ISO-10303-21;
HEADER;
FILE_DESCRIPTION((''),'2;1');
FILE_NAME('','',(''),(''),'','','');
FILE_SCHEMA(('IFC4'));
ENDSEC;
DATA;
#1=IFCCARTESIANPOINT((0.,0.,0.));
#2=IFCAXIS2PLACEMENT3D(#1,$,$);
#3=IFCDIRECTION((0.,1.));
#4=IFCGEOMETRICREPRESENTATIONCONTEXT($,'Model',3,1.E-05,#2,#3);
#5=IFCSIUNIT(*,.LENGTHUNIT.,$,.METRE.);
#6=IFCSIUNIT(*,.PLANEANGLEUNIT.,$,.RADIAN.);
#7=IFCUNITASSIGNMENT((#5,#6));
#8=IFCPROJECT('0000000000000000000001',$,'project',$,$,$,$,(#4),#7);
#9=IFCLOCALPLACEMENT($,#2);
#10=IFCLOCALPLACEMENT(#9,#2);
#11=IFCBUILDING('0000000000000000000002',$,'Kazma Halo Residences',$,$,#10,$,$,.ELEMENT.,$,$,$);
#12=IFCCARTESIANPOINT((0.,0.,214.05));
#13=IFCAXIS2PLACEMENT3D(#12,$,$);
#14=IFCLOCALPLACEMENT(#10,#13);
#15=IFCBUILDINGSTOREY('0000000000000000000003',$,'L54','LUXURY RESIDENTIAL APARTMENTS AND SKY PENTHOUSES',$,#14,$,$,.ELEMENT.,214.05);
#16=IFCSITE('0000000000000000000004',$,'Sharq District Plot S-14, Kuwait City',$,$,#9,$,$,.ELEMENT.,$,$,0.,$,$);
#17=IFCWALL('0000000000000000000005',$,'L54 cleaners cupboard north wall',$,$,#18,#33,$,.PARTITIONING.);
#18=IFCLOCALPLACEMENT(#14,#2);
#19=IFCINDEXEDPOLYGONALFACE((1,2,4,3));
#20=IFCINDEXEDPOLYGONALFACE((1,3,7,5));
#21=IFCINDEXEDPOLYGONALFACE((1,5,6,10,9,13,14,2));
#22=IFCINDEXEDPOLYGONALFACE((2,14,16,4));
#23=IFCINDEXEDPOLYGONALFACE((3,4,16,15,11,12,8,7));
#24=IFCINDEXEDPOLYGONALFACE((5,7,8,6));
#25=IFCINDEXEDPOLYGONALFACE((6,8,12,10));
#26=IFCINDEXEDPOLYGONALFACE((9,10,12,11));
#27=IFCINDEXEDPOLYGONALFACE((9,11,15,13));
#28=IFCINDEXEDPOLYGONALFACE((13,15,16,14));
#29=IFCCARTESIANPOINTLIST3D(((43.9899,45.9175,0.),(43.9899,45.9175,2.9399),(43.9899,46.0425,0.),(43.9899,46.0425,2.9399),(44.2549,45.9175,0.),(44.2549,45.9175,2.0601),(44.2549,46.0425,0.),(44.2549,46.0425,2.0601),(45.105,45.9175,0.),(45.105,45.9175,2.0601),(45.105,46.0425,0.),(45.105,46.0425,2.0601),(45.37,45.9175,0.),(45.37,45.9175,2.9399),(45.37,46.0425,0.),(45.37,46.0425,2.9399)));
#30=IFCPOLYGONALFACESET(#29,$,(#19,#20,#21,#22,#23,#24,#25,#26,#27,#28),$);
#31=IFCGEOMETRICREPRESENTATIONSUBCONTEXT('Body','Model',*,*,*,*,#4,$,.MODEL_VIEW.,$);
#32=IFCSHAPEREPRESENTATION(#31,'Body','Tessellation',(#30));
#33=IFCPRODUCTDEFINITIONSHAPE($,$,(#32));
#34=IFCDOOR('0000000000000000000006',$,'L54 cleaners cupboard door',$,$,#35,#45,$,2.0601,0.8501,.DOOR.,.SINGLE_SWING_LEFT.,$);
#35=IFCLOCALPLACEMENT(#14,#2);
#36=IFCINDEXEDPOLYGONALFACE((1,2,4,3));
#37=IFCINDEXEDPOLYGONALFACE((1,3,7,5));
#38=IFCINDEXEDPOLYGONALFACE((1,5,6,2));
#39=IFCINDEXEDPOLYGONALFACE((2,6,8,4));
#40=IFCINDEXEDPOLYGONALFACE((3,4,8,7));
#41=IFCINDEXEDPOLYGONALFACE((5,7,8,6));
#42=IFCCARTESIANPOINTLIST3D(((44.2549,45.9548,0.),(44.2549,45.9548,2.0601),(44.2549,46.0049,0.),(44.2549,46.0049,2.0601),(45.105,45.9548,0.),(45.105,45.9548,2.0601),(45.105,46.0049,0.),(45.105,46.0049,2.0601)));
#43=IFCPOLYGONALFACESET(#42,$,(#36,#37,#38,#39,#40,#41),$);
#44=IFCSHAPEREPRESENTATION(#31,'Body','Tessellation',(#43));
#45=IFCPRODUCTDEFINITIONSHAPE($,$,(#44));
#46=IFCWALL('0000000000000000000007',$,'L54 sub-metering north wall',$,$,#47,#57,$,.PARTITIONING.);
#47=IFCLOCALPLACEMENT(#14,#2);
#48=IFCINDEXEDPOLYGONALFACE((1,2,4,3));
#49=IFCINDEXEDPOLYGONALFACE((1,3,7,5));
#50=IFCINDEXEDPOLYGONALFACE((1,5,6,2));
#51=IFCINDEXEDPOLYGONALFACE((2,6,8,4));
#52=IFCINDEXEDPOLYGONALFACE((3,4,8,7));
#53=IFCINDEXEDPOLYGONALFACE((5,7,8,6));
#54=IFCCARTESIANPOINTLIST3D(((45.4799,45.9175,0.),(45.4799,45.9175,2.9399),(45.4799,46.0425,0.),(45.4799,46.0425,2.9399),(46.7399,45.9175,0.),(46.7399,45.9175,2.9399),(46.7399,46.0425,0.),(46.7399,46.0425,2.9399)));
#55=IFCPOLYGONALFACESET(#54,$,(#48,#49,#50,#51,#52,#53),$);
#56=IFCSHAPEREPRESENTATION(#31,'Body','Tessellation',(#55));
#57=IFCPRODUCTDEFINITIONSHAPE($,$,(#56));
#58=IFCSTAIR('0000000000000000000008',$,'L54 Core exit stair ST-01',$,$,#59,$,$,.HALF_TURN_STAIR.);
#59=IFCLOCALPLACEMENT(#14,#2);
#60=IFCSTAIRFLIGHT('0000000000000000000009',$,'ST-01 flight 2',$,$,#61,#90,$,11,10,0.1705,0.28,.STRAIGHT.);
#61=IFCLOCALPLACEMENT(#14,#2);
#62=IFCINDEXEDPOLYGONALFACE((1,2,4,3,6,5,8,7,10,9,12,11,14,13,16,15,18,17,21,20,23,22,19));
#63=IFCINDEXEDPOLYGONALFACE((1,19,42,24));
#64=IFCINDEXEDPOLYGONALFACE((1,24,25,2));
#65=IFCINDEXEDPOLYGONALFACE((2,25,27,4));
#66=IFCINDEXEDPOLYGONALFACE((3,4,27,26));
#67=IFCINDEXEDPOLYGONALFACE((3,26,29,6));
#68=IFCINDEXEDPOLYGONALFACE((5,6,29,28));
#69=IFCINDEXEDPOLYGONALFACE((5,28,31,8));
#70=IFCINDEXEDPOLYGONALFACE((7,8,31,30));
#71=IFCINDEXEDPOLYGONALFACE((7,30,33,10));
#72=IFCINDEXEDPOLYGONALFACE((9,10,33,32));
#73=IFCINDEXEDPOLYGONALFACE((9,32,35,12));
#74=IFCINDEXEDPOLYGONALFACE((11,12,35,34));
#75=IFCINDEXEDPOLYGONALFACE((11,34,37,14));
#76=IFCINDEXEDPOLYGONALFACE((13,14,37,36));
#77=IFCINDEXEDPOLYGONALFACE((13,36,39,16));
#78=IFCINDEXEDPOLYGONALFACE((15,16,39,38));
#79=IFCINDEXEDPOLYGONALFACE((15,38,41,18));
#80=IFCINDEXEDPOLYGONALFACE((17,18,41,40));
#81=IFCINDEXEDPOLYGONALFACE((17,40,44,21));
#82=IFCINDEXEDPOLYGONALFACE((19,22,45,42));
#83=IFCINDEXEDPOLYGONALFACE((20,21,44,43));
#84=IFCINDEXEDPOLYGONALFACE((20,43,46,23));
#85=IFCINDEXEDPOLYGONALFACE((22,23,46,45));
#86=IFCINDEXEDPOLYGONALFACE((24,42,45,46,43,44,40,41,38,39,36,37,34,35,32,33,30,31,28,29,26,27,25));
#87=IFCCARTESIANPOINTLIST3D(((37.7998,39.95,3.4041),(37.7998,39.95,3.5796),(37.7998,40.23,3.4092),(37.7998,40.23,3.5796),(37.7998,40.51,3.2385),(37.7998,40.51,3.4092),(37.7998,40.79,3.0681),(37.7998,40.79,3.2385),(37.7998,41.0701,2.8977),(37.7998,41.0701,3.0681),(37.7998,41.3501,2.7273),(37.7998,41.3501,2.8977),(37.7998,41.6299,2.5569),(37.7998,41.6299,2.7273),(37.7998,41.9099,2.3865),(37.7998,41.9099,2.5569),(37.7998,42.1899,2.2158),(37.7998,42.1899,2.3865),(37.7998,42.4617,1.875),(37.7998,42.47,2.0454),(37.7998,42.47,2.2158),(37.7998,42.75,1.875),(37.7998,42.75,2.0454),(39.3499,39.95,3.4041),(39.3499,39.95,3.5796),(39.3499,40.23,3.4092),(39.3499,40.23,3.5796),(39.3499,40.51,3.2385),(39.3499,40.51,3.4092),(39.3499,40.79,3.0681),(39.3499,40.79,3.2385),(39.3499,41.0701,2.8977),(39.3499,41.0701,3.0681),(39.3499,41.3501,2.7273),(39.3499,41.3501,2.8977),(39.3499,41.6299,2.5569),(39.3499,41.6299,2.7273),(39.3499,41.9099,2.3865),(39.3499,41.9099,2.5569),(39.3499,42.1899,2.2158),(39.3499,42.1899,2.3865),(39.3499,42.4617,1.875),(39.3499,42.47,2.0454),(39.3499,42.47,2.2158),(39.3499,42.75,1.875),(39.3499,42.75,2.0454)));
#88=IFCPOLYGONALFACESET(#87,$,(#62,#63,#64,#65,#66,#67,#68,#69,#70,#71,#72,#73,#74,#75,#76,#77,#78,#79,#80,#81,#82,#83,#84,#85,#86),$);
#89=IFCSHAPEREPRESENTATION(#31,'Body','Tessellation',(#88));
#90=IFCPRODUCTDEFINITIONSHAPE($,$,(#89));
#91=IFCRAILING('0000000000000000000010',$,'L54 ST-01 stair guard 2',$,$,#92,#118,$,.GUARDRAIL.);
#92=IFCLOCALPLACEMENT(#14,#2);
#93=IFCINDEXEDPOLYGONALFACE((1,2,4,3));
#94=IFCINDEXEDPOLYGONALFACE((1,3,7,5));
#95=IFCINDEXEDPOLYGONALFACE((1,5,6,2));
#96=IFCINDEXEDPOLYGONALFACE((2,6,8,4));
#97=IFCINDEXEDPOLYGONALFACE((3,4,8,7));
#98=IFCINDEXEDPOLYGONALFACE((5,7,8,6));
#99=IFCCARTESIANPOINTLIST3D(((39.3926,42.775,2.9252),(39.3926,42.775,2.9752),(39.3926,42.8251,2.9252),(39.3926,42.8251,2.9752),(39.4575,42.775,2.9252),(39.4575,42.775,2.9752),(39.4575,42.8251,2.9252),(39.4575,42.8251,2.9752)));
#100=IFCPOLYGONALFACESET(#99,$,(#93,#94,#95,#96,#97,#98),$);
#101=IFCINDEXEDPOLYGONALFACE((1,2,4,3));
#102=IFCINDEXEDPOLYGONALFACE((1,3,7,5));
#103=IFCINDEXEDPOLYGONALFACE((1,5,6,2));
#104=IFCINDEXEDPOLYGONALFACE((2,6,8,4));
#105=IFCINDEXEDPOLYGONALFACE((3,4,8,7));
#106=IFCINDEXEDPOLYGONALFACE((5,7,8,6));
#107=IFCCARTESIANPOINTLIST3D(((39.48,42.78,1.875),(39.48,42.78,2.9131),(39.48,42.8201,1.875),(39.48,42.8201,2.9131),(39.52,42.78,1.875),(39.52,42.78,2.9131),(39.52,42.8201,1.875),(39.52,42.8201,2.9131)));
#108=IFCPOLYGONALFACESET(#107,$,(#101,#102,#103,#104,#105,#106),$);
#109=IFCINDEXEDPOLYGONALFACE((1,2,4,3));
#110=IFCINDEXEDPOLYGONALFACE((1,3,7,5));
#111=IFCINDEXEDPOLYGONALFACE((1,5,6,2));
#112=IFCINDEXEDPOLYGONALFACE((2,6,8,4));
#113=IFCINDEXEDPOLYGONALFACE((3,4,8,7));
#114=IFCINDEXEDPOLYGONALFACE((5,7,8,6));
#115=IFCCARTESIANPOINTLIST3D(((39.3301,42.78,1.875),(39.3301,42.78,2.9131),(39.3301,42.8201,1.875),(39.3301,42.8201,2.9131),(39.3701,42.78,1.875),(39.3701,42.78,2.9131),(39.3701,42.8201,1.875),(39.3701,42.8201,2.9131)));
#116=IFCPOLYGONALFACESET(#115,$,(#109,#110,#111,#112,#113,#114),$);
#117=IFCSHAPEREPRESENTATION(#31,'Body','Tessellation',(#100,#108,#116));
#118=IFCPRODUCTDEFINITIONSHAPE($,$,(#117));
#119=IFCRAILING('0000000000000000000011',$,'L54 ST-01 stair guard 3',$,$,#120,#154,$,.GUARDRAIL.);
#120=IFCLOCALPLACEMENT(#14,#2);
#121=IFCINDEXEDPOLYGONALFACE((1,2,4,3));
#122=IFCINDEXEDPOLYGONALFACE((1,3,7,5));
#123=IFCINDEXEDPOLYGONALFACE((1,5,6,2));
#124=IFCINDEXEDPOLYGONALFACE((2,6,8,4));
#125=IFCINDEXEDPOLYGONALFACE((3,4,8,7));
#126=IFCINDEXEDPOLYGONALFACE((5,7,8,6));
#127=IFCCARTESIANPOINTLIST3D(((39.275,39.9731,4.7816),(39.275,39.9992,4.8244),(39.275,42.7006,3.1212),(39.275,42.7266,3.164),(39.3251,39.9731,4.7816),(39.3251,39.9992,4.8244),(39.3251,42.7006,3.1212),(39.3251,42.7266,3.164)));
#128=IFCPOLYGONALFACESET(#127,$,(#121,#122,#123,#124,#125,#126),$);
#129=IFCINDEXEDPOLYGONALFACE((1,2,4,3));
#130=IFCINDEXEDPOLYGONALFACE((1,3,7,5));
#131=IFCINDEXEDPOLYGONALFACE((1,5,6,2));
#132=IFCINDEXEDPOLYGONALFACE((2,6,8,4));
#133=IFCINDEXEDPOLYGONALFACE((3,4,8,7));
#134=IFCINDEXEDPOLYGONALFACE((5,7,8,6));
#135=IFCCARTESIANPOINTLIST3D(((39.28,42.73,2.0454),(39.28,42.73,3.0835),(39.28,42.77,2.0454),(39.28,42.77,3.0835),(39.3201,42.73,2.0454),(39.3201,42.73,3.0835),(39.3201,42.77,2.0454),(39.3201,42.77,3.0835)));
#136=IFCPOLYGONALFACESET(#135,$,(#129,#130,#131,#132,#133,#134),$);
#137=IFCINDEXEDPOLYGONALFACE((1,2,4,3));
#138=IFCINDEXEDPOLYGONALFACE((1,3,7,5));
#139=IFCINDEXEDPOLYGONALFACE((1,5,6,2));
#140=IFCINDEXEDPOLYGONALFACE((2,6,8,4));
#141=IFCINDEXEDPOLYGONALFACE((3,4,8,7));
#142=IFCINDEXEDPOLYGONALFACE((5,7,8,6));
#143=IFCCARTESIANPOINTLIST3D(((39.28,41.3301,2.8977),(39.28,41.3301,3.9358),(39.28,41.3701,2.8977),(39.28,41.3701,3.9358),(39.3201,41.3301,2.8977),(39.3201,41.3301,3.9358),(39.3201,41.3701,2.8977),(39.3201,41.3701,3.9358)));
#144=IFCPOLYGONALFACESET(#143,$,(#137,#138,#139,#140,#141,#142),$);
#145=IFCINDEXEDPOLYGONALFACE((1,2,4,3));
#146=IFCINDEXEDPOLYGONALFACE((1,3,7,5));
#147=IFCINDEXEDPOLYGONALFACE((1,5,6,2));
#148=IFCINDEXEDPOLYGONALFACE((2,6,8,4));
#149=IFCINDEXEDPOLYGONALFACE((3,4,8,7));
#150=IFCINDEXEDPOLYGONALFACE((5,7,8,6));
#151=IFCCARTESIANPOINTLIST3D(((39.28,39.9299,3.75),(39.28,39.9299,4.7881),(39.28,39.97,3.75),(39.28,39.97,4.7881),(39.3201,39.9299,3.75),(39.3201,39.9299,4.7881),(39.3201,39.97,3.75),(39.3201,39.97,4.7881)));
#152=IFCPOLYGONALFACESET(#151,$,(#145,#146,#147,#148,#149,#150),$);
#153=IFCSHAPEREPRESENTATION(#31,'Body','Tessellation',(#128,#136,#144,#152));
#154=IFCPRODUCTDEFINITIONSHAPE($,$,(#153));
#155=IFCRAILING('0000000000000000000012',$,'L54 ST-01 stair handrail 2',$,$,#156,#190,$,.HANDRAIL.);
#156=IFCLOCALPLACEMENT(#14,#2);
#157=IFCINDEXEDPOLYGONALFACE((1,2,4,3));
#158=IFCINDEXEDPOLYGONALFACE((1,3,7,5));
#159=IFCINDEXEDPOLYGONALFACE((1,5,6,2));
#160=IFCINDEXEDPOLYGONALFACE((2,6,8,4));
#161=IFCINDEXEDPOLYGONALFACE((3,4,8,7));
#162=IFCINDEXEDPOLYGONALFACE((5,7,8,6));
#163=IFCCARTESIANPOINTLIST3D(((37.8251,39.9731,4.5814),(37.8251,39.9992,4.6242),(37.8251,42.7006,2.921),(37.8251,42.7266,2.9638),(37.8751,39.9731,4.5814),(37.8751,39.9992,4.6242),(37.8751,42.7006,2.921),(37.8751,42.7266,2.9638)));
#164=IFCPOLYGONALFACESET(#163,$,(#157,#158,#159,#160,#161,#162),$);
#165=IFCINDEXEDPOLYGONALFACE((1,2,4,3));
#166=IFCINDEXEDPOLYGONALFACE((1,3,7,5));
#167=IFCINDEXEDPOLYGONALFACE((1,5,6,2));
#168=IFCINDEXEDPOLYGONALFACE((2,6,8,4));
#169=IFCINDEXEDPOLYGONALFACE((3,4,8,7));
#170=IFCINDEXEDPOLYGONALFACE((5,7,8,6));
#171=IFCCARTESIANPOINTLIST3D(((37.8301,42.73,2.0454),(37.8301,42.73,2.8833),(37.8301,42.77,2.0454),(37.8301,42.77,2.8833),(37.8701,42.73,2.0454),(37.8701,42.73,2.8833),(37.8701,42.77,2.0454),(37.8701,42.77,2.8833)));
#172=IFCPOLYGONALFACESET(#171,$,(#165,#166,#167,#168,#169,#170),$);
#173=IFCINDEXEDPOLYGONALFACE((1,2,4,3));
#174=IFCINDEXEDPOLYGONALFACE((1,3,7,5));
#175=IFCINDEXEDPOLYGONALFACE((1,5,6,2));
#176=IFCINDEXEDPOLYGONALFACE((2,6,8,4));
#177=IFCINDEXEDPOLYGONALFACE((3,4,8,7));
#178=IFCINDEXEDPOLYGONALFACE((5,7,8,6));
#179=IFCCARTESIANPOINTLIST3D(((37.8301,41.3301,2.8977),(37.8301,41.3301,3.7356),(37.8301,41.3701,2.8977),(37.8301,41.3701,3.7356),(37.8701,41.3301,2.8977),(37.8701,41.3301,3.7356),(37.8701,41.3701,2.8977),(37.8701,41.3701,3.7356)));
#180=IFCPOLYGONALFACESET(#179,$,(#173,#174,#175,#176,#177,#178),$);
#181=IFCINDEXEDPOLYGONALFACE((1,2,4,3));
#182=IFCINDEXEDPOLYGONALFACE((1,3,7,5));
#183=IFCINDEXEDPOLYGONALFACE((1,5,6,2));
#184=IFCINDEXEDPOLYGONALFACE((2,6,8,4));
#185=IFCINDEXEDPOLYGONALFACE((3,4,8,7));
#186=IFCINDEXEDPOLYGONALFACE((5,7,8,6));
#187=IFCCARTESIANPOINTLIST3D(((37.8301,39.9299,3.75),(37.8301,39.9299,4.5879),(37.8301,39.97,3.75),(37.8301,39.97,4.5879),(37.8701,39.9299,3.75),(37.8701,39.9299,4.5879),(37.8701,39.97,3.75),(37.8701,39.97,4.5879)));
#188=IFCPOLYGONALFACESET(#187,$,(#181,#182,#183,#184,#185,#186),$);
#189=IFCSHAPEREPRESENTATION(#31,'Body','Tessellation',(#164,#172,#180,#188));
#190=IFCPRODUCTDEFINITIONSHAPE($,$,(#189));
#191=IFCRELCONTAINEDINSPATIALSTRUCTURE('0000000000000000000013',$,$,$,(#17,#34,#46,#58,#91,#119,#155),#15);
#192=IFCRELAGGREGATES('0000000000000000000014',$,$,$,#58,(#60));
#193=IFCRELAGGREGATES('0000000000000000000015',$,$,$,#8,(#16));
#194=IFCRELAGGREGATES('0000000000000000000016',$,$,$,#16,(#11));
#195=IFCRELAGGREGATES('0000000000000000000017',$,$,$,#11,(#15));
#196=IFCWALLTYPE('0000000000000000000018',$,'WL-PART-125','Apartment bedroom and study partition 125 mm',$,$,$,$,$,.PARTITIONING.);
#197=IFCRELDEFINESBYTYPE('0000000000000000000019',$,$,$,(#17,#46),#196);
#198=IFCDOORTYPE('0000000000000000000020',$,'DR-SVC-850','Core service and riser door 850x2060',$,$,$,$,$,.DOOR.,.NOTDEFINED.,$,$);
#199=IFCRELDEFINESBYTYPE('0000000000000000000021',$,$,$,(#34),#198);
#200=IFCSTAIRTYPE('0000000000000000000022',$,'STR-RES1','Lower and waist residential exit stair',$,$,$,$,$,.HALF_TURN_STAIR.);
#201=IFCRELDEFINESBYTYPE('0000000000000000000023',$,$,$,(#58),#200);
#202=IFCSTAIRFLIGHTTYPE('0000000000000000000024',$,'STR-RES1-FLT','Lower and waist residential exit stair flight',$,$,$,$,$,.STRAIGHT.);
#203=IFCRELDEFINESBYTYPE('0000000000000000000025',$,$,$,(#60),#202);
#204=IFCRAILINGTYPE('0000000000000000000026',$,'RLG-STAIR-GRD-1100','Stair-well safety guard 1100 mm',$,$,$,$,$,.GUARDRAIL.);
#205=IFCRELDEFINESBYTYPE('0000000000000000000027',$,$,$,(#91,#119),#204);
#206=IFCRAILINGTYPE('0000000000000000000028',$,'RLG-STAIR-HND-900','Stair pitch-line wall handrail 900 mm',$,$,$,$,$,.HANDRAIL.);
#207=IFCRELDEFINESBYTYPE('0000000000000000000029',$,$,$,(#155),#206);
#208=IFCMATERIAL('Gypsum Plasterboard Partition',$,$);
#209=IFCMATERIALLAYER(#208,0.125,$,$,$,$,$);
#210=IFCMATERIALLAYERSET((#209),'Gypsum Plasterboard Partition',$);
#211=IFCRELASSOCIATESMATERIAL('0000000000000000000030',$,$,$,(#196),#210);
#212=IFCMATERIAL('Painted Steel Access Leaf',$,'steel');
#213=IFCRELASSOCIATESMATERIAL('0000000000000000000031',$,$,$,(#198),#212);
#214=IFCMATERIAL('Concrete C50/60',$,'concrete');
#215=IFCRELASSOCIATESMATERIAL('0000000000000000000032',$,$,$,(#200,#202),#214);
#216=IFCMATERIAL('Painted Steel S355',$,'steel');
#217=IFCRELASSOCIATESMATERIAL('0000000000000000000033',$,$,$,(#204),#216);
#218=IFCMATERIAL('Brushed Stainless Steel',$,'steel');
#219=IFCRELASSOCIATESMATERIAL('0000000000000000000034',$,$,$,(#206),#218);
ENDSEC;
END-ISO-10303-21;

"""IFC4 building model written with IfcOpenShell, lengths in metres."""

from ifc_helpers import new_model, si_unit, direction, frame, frame_2d, origin, origin_2d, place, context, subcontext, project, spatial, polyline, rectangle, outline, extrude, material, layer, layer_set, type_object, element, fill, aggregate, save


model = new_model("IFC4")

# Units and contexts
model_context = context("Model", 3, precision=1e-05, world=origin(), true_north=direction((0.0, 1.0)))
body_context = subcontext(model_context, "Body", "Model", "MODEL_VIEW")
ifc_project = project(units=[si_unit("LENGTHUNIT", "METRE"), si_unit("PLANEANGLEUNIT", "RADIAN")], contexts=[model_context])

# Site, building, storey
site_placement = place(None, origin())
site = spatial("IfcSite", under=ifc_project, at=site_placement, Name="Sharq District Plot S-14, Kuwait City", CompositionType="ELEMENT", RefElevation=0.0)
building_placement = place(site_placement, origin())
building = spatial("IfcBuilding", under=site, at=building_placement, Name="Kazma Halo Residences", CompositionType="ELEMENT")
storey_placement = place(building_placement, frame((0.0, 0.0, 214.05)))
storey = spatial("IfcBuildingStorey", under=building, at=storey_placement, Name="L54", Description="LUXURY RESIDENTIAL APARTMENTS AND SKY PENTHOUSES", CompositionType="ELEMENT", Elevation=214.05)

# Shared definitions
ifc_material_1 = material(Name="Gypsum Plasterboard Partition")
ifc_layer_1 = layer(ifc_material_1, 0.125)
ifc_layer_set_1 = layer_set([ifc_layer_1], Name="Gypsum Plasterboard Partition")
wall_type_1 = type_object("IfcWallType", Name="WL-PART-125", Description="Apartment bedroom and study partition 125 mm", PredefinedType="PARTITIONING", material=ifc_layer_set_1)

# Wall, opening, door
wall_1_placement = place(storey_placement, frame((43.99, 45.98, 0.0), z_axis=(0.0, 0.0, 1.0), x_axis=(1.0, 0.0, 0.0)))
wall_1 = element("IfcWall", 1, at=wall_1_placement, inside=storey, type_object=wall_type_1, Name="L54 cleaners cupboard north wall", PredefinedType="PARTITIONING", context=body_context, shape_type="SweptSolid", body=[
    extrude(rectangle(XDim=1.3801, YDim=0.125, at=frame_2d((0.6899, 0.0))), origin(), (0.0, 0.0, 1.0), 2.9399),
])
opening_1_placement = place(wall_1_placement, frame((0.2649, 0.0, 0.0)))
opening_1 = element("IfcOpeningElement", 2, at=opening_1_placement, cuts=wall_1, PredefinedType="OPENING", context=body_context, shape_type="SweptSolid", body=[
    extrude(rectangle(XDim=0.8501, YDim=2.0601, at=frame_2d((0.425, 1.03))), frame((0.0, 0.0725, 0.0), z_axis=(0.0, -1.0, 0.0), x_axis=(1.0, 0.0, 0.0)), (0.0, 0.0, 1.0), 0.145),
])
ifc_material_2 = material(Name="Painted Steel Access Leaf", Category="steel")
door_type_1 = type_object("IfcDoorType", Name="DR-SVC-850", Description="Core service and riser door 850x2060", OperationType="NOTDEFINED", PredefinedType="DOOR", material=ifc_material_2)
door_1_placement = place(opening_1_placement, origin())
door_1 = element("IfcDoor", 3, at=door_1_placement, inside=storey, type_object=door_type_1, Name="L54 cleaners cupboard door", OperationType="SINGLE_SWING_LEFT", OverallHeight=2.0601, OverallWidth=0.8501, PredefinedType="DOOR", context=body_context, shape_type="SweptSolid", body=[
    extrude(rectangle(XDim=0.8501, YDim=2.0601, at=frame_2d((0.425, 1.03))), frame((0.0, 0.0249, 0.0), z_axis=(0.0, -1.0, 0.0), x_axis=(1.0, 0.0, 0.0)), (0.0, 0.0, 1.0), 0.05),
])
fill(opening_1, door_1)

# Wall
wall_2_placement = place(storey_placement, frame((45.48, 45.98, 0.0), z_axis=(0.0, 0.0, 1.0), x_axis=(1.0, 0.0, 0.0)))
element("IfcWall", 4, at=wall_2_placement, inside=storey, type_object=wall_type_1, Name="L54 sub-metering north wall", PredefinedType="PARTITIONING", context=body_context, shape_type="SweptSolid", body=[
    extrude(rectangle(XDim=1.26, YDim=0.125, at=frame_2d((0.6299, 0.0))), origin(), (0.0, 0.0, 1.0), 2.9399),
])

# Stair, stair flight
ifc_material_3 = material(Name="Concrete C50/60", Category="concrete")
stair_type = type_object("IfcStairType", Name="STR-RES1", Description="Lower and waist residential exit stair", PredefinedType="HALF_TURN_STAIR", material=ifc_material_3)
stair_placement = place(storey_placement, origin())
stair = element("IfcStair", 5, at=stair_placement, inside=storey, type_object=stair_type, Name="L54 Core exit stair ST-01", PredefinedType="HALF_TURN_STAIR")
stair_flight_type = type_object("IfcStairFlightType", Name="STR-RES1-FLT", Description="Lower and waist residential exit stair flight", PredefinedType="STRAIGHT", material=ifc_material_3)
stair_flight_placement = place(storey_placement, frame((38.575, 42.75, 1.875), z_axis=(0.0, 0.0, 1.0), x_axis=(0.0, -1.0, 0.0)))
stair_flight = element("IfcStairFlight", 6, at=stair_flight_placement, type_object=stair_flight_type, Name="ST-01 flight 2", NumberOfRisers=11, NumberOfTreads=10, PredefinedType="STRAIGHT", RiserHeight=0.1705, TreadLength=0.28, context=body_context, shape_type="SweptSolid", body=[
    extrude(outline(polyline([(0.0, 0.0), (0.0, 0.1704), (0.28, 0.1704), (0.28, 0.3408), (0.5601, 0.3408), (0.5601, 0.5115), (0.8401, 0.5115), (0.8401, 0.6819), (1.1201, 0.6819), (1.1201, 0.8523), (1.3999, 0.8523), (1.3999, 1.0227), (1.6799, 1.0227), (1.6799, 1.1931), (1.96, 1.1931), (1.96, 1.3635), (2.24, 1.3635), (2.24, 1.5342), (2.52, 1.5342), (2.52, 1.7046), (2.8, 1.7046), (2.8, 1.875), (2.8, 1.5291), (0.2883, 0.0), (0.0, 0.0)])), frame((0.0, 0.7749, 0.0), z_axis=(0.0, -1.0, 0.0), x_axis=(1.0, 0.0, 0.0)), (0.0, 0.0, 1.0), 1.55),
])
aggregate(stair, [stair_flight])

# Railings
ifc_material_4 = material(Name="Painted Steel S355", Category="steel")
railing_type_1 = type_object("IfcRailingType", Name="RLG-STAIR-GRD-1100", Description="Stair-well safety guard 1100 mm", PredefinedType="GUARDRAIL", material=ifc_material_4)
railing_1_placement = place(storey_placement, frame((39.5, 42.8, 1.875)))
element("IfcRailing", 7, at=railing_1_placement, inside=storey, type_object=railing_type_1, Name="L54 ST-01 stair guard 2", PredefinedType="GUARDRAIL", context=body_context, shape_type="SweptSolid", body=[
    extrude(rectangle(XDim=0.05, YDim=0.05, at=origin_2d()), frame((-0.0425, 0.0, 1.0752), z_axis=(-1.0, 0.0, 0.0), x_axis=(0.0, -1.0, 0.0)), (0.0, 0.0, 1.0), 0.0649),
    extrude(rectangle(XDim=0.04, YDim=0.04, at=origin_2d()), origin(), (0.0, 0.0, 1.0), 1.0381),
    extrude(rectangle(XDim=0.04, YDim=0.04, at=origin_2d()), frame((-0.1499, 0.0, 0.0)), (0.0, 0.0, 1.0), 1.0381),
])
railing_2_placement = place(storey_placement, frame((39.3, 42.75, 2.0454)))
element("IfcRailing", 8, at=railing_2_placement, inside=storey, type_object=railing_type_1, Name="L54 ST-01 stair guard 3", PredefinedType="GUARDRAIL", context=body_context, shape_type="SweptSolid", body=[
    extrude(rectangle(XDim=0.05, YDim=0.05, at=origin_2d()), frame((0.0, -0.0364, 1.0972), z_axis=(0.0, -0.85417, 0.519994), x_axis=(1.0, 0.0, 0.0)), (0.0, 0.0, 1.0), 3.1931),
    extrude(rectangle(XDim=0.04, YDim=0.04, at=origin_2d()), origin(), (0.0, 0.0, 1.0), 1.0381),
    extrude(rectangle(XDim=0.04, YDim=0.04, at=origin_2d()), frame((0.0, -1.3999, 0.8523)), (0.0, 0.0, 1.0), 1.0381),
    extrude(rectangle(XDim=0.04, YDim=0.04, at=origin_2d()), frame((0.0, -2.8, 1.7046)), (0.0, 0.0, 1.0), 1.0381),
])
ifc_material_5 = material(Name="Brushed Stainless Steel", Category="steel")
railing_type_2 = type_object("IfcRailingType", Name="RLG-STAIR-HND-900", Description="Stair pitch-line wall handrail 900 mm", PredefinedType="HANDRAIL", material=ifc_material_5)
railing_3_placement = place(storey_placement, frame((37.8501, 42.75, 2.0454)))
element("IfcRailing", 9, at=railing_3_placement, inside=storey, type_object=railing_type_2, Name="L54 ST-01 stair handrail 2", PredefinedType="HANDRAIL", context=body_context, shape_type="SweptSolid", body=[
    extrude(rectangle(XDim=0.05, YDim=0.05, at=origin_2d()), frame((0.0, -0.0364, 0.897), z_axis=(0.0, -0.85417, 0.519994), x_axis=(1.0, 0.0, 0.0)), (0.0, 0.0, 1.0), 3.1931),
    extrude(rectangle(XDim=0.04, YDim=0.04, at=origin_2d()), origin(), (0.0, 0.0, 1.0), 0.8379),
    extrude(rectangle(XDim=0.04, YDim=0.04, at=origin_2d()), frame((0.0, -1.3999, 0.8523)), (0.0, 0.0, 1.0), 0.8379),
    extrude(rectangle(XDim=0.04, YDim=0.04, at=origin_2d()), frame((0.0, -2.8, 1.7046)), (0.0, 0.0, 1.0), 0.8379),
])

save(model, "model.ifc")
